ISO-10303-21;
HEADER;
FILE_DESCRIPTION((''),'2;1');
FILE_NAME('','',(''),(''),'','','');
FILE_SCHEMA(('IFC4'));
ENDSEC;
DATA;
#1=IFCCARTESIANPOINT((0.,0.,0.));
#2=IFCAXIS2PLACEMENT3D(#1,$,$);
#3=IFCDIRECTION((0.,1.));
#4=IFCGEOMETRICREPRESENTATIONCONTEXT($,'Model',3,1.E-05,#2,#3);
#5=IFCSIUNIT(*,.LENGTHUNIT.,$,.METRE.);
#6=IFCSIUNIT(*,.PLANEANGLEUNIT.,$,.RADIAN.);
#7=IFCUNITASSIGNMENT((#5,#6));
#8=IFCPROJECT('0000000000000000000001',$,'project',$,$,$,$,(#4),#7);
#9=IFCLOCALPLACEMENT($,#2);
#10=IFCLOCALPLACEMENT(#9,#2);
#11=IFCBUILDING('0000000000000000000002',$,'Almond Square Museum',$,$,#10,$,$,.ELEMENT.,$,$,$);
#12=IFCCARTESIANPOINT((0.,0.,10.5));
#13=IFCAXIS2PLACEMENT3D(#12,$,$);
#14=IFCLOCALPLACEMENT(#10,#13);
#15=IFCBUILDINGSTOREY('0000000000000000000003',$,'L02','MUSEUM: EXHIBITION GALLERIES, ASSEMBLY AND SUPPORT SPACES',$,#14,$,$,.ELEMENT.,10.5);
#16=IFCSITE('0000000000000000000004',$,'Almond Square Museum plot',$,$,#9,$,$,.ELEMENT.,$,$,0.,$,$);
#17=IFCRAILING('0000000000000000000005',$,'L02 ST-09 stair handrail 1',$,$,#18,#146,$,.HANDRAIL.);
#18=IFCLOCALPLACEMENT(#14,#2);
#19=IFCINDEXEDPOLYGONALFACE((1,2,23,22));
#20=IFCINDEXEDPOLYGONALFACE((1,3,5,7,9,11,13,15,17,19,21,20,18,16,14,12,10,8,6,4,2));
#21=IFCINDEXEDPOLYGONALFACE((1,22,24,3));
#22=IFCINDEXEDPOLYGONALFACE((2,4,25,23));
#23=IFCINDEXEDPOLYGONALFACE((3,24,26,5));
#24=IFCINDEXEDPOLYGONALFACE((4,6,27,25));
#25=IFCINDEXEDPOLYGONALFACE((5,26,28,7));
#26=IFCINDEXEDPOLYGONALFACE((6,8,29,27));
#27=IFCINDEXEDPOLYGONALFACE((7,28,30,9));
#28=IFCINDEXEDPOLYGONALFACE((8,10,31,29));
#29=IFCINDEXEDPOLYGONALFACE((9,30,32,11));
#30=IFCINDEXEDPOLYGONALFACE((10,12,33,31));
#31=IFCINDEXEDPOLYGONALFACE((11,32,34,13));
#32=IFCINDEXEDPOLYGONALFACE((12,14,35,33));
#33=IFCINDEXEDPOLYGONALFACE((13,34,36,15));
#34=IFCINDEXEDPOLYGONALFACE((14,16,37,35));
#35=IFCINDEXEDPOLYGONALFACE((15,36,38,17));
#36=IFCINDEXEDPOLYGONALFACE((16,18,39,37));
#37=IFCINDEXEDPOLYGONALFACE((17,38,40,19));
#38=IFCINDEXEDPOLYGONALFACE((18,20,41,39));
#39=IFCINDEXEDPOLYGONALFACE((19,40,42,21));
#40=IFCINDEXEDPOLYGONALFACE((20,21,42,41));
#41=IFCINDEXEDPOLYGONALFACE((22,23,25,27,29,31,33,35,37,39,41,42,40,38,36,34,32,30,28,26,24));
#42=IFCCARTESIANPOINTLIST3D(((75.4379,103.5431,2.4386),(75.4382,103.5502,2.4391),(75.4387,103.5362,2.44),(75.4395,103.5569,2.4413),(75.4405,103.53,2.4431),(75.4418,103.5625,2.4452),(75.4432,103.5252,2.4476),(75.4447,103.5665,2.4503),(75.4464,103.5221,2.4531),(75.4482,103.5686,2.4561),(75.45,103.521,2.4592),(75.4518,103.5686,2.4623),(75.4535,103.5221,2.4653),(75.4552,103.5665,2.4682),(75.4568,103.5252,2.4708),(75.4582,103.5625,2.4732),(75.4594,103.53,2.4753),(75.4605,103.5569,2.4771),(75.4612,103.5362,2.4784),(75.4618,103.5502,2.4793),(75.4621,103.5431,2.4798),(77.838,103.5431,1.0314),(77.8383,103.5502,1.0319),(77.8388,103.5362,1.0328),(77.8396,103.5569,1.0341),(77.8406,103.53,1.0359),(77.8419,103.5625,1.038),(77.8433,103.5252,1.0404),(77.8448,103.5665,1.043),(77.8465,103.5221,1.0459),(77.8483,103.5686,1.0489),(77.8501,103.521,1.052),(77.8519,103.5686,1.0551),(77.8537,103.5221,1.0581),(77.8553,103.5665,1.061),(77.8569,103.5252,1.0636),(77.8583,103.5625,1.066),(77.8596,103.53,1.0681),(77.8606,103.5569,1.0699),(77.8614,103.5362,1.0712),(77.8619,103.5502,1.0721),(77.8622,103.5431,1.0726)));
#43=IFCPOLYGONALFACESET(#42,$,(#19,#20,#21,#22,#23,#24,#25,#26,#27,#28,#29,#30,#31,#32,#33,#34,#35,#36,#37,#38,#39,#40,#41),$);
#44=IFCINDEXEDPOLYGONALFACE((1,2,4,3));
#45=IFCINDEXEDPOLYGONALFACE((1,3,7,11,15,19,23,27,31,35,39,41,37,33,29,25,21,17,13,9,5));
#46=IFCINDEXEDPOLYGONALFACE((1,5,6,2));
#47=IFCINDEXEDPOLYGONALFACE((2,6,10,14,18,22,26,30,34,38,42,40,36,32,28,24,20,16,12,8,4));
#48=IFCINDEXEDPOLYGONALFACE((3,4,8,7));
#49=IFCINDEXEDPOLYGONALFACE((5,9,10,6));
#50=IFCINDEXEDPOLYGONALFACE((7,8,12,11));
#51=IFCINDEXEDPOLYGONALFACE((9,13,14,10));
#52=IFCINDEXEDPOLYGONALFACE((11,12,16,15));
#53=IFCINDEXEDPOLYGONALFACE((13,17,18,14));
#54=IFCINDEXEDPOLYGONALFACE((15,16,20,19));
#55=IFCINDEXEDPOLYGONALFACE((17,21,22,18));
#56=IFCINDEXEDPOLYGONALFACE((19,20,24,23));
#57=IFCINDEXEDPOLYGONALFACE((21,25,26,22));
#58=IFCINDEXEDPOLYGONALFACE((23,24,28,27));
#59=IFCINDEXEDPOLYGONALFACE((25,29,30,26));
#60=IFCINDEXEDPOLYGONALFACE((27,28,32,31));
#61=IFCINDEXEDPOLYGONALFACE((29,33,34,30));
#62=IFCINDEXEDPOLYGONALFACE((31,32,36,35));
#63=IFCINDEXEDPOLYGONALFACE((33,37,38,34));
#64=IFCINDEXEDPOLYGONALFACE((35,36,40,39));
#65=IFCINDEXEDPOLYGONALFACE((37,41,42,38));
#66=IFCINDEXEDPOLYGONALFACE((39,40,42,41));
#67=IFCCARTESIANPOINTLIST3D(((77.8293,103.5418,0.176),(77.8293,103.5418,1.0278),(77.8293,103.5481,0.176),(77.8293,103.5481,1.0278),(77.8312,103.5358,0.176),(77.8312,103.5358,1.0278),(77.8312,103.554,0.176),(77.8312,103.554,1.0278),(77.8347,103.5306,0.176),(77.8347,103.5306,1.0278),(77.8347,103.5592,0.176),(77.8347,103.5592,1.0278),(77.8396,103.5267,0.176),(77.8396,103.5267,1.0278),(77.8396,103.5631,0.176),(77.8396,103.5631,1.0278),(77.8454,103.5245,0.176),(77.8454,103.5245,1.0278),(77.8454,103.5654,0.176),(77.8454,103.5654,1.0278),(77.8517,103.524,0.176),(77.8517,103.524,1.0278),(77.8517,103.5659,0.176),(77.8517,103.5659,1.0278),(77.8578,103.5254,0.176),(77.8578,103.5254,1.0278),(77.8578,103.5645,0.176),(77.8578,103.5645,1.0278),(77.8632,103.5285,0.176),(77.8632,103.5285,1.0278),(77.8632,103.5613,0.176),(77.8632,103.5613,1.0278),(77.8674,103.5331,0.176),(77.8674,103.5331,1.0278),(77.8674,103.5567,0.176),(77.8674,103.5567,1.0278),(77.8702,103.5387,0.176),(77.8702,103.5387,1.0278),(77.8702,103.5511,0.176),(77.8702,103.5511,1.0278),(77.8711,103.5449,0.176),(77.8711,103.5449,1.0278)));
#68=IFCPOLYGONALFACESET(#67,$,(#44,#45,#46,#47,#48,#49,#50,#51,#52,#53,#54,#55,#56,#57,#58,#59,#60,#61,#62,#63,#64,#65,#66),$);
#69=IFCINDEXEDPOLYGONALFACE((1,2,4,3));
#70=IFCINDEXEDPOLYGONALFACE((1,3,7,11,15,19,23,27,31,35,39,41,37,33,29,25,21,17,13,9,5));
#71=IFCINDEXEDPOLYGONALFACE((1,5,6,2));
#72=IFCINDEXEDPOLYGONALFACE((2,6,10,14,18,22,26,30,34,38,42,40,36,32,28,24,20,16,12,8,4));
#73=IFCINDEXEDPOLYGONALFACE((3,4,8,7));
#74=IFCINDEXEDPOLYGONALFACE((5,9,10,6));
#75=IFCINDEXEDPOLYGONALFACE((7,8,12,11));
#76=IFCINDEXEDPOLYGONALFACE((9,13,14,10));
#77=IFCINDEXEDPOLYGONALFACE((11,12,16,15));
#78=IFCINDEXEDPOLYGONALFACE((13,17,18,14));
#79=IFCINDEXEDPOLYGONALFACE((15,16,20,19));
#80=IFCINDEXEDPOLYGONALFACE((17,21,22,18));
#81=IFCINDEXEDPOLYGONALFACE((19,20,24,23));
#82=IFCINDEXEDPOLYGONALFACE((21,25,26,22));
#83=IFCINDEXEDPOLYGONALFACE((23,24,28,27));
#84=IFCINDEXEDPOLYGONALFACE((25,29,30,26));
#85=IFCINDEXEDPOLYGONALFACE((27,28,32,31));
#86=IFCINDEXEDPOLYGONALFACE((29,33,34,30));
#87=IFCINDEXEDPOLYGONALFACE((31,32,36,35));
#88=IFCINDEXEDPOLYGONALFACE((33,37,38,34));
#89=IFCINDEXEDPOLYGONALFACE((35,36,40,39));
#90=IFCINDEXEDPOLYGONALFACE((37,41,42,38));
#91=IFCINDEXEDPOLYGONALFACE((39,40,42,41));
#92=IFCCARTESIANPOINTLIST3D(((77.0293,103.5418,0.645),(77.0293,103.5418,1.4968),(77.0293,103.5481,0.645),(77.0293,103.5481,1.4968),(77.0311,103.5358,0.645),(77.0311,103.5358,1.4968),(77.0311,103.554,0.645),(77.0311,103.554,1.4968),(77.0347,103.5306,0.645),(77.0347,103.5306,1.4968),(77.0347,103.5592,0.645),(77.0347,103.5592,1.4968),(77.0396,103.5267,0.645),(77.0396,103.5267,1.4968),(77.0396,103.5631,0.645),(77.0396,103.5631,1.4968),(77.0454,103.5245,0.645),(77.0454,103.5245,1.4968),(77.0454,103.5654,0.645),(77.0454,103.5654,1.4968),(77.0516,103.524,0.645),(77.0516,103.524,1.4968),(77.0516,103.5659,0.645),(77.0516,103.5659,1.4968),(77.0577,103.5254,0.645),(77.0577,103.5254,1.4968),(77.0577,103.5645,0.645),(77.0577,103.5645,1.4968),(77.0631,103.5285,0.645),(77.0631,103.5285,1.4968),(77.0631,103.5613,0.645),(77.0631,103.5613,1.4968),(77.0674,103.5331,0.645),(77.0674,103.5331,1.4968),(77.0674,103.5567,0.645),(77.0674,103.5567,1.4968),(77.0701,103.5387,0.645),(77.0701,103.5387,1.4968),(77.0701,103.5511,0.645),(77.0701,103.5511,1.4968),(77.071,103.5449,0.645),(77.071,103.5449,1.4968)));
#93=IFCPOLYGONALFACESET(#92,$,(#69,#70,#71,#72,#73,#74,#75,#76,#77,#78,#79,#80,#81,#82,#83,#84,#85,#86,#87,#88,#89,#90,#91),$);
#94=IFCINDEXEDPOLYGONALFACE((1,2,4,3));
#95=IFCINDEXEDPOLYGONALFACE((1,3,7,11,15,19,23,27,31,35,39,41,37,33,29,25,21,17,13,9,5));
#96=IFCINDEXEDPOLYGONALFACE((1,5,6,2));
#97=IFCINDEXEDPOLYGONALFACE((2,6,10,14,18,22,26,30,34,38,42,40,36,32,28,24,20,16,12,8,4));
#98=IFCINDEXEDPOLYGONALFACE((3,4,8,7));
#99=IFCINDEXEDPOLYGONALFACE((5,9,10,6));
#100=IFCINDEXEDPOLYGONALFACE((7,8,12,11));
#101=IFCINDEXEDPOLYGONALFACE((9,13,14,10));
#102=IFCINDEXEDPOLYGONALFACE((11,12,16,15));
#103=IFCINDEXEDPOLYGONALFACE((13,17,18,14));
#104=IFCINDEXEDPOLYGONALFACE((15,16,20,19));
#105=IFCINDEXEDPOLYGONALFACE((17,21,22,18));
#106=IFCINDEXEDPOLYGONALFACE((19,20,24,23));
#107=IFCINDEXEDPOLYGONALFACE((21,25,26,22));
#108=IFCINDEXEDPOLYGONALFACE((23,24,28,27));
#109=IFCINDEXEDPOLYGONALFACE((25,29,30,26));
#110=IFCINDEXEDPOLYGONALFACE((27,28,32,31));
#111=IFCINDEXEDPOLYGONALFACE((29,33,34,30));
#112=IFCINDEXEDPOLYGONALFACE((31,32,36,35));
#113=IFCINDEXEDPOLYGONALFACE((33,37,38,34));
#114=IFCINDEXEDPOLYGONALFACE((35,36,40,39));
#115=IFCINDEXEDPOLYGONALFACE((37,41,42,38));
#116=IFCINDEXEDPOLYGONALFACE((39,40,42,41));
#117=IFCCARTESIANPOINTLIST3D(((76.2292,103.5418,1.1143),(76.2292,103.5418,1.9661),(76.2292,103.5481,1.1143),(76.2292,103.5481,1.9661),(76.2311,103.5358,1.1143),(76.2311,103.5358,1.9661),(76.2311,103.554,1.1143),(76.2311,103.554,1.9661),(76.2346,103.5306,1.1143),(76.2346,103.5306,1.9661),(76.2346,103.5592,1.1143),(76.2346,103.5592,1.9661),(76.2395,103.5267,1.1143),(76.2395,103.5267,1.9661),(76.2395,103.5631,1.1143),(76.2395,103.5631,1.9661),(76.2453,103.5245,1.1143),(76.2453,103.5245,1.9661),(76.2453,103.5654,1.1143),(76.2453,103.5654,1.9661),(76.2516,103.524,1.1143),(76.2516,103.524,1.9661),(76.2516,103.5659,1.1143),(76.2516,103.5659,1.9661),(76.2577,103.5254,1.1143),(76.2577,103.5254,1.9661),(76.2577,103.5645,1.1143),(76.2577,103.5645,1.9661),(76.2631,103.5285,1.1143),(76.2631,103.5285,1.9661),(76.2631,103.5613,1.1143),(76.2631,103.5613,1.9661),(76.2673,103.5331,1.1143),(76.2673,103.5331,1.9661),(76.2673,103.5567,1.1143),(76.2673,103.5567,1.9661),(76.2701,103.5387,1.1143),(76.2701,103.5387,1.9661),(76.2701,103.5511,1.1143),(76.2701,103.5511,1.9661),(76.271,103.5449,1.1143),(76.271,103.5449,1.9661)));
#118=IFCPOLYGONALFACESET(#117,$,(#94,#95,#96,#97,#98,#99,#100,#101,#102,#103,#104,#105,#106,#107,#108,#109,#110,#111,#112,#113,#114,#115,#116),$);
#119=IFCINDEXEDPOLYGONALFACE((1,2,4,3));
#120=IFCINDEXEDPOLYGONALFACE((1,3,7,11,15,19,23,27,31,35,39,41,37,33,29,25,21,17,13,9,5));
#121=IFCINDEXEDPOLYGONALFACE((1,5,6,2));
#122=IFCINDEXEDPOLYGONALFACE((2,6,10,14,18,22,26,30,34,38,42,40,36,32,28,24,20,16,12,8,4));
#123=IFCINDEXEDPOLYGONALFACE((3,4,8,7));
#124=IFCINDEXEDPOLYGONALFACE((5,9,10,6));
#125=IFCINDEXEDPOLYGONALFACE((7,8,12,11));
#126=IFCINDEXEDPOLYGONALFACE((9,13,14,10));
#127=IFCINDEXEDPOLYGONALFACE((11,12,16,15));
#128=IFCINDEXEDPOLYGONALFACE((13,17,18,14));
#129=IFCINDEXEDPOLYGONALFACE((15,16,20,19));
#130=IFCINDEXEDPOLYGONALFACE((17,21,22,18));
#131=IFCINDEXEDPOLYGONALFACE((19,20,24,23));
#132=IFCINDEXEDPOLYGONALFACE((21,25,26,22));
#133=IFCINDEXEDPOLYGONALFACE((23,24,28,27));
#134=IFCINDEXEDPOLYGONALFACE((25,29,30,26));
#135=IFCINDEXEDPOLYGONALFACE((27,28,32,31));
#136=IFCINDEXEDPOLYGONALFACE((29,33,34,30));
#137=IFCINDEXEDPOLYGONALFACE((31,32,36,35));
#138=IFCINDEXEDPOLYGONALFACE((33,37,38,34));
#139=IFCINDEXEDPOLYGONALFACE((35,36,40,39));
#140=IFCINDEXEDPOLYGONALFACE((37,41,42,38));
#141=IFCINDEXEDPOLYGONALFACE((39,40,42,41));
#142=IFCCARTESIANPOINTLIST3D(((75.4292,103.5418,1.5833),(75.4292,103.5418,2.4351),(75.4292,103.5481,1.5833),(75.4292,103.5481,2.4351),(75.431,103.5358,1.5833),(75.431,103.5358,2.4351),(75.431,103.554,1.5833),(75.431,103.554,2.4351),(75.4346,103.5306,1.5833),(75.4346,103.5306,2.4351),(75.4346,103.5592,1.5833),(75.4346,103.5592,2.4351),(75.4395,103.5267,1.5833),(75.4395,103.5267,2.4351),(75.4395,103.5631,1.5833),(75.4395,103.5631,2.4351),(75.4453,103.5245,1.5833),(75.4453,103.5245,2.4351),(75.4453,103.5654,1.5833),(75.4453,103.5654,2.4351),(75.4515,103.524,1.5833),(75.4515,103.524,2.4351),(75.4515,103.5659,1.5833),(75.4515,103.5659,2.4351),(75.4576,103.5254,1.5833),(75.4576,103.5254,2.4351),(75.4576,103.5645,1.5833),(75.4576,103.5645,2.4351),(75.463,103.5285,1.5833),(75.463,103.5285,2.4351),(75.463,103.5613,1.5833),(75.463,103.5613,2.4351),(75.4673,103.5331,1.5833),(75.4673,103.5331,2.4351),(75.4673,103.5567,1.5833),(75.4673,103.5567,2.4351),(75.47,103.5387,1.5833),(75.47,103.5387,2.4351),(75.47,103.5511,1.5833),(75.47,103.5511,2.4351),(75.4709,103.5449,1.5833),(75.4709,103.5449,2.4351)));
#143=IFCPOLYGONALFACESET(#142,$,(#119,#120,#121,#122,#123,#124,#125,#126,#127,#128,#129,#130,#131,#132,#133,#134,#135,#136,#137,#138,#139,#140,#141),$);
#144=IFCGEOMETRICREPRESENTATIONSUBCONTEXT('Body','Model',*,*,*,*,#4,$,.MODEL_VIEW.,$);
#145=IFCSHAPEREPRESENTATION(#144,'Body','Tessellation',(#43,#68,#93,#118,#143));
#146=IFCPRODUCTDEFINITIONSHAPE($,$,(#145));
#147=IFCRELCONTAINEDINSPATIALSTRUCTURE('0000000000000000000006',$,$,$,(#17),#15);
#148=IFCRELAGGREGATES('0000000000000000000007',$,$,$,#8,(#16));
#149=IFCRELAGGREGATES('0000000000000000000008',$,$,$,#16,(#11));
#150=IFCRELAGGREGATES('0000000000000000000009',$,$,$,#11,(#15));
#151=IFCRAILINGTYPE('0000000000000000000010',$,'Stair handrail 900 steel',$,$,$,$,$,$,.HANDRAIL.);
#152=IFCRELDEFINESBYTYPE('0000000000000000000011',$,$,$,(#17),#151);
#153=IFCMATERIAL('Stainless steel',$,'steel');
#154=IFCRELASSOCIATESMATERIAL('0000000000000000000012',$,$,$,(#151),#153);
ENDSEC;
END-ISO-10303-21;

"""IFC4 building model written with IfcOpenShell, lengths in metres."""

from ifc_helpers import new_model, si_unit, direction, frame, origin, origin_2d, place, context, subcontext, project, spatial, circle, extrude, material, type_object, element, save


model = new_model("IFC4")

# Units and contexts
model_context = context("Model", 3, precision=1e-05, world=origin(), true_north=direction((0.0, 1.0)))
body_context = subcontext(model_context, "Body", "Model", "MODEL_VIEW")
ifc_project = project(units=[si_unit("LENGTHUNIT", "METRE"), si_unit("PLANEANGLEUNIT", "RADIAN")], contexts=[model_context])

# Site, building, storey
site_placement = place(None, origin())
site = spatial("IfcSite", under=ifc_project, at=site_placement, Name="Almond Square Museum plot", CompositionType="ELEMENT", RefElevation=0.0)
building_placement = place(site_placement, origin())
building = spatial("IfcBuilding", under=site, at=building_placement, Name="Almond Square Museum", CompositionType="ELEMENT")
storey_placement = place(building_placement, frame((0.0, 0.0, 10.5)))
storey = spatial("IfcBuildingStorey", under=building, at=storey_placement, Name="L02", Description="MUSEUM: EXHIBITION GALLERIES, ASSEMBLY AND SUPPORT SPACES", CompositionType="ELEMENT", Elevation=10.5)

# Railing
ifc_material_1 = material(Name="Stainless steel", Category="steel")
railing_type_1 = type_object("IfcRailingType", Name="Stair handrail 900 steel", PredefinedType="HANDRAIL", material=ifc_material_1)
for number, where, name in (
    (1, (77.8501, 103.5449, 0.176), "L02 ST-09 stair handrail 1"),
):
    element("IfcRailing", number, at=place(storey_placement, frame(where)), inside=storey, type_object=railing_type_1, Name=name, PredefinedType="HANDRAIL", context=body_context, shape_type="SweptSolid", body=[
        extrude(circle(Radius=0.0239, at=origin_2d()), frame((0.0, 0.0, 0.876), z_axis=(-0.86266, 0.0, 0.505785), x_axis=(0.0, -1.0, 0.0)), (0.0, 0.0, 1.0), 2.7822),
        extrude(circle(Radius=0.021, at=origin_2d()), origin(), (0.0, 0.0, 1.0), 0.8518),
        extrude(circle(Radius=0.021, at=origin_2d()), frame((-0.8, 0.0, 0.469)), (0.0, 0.0, 1.0), 0.8518),
        extrude(circle(Radius=0.021, at=origin_2d()), frame((-1.6001, 0.0, 0.9382)), (0.0, 0.0, 1.0), 0.8518),
        extrude(circle(Radius=0.021, at=origin_2d()), frame((-2.4001, 0.0, 1.4072)), (0.0, 0.0, 1.0), 0.8518),
    ])

save(model, "model.ifc")
